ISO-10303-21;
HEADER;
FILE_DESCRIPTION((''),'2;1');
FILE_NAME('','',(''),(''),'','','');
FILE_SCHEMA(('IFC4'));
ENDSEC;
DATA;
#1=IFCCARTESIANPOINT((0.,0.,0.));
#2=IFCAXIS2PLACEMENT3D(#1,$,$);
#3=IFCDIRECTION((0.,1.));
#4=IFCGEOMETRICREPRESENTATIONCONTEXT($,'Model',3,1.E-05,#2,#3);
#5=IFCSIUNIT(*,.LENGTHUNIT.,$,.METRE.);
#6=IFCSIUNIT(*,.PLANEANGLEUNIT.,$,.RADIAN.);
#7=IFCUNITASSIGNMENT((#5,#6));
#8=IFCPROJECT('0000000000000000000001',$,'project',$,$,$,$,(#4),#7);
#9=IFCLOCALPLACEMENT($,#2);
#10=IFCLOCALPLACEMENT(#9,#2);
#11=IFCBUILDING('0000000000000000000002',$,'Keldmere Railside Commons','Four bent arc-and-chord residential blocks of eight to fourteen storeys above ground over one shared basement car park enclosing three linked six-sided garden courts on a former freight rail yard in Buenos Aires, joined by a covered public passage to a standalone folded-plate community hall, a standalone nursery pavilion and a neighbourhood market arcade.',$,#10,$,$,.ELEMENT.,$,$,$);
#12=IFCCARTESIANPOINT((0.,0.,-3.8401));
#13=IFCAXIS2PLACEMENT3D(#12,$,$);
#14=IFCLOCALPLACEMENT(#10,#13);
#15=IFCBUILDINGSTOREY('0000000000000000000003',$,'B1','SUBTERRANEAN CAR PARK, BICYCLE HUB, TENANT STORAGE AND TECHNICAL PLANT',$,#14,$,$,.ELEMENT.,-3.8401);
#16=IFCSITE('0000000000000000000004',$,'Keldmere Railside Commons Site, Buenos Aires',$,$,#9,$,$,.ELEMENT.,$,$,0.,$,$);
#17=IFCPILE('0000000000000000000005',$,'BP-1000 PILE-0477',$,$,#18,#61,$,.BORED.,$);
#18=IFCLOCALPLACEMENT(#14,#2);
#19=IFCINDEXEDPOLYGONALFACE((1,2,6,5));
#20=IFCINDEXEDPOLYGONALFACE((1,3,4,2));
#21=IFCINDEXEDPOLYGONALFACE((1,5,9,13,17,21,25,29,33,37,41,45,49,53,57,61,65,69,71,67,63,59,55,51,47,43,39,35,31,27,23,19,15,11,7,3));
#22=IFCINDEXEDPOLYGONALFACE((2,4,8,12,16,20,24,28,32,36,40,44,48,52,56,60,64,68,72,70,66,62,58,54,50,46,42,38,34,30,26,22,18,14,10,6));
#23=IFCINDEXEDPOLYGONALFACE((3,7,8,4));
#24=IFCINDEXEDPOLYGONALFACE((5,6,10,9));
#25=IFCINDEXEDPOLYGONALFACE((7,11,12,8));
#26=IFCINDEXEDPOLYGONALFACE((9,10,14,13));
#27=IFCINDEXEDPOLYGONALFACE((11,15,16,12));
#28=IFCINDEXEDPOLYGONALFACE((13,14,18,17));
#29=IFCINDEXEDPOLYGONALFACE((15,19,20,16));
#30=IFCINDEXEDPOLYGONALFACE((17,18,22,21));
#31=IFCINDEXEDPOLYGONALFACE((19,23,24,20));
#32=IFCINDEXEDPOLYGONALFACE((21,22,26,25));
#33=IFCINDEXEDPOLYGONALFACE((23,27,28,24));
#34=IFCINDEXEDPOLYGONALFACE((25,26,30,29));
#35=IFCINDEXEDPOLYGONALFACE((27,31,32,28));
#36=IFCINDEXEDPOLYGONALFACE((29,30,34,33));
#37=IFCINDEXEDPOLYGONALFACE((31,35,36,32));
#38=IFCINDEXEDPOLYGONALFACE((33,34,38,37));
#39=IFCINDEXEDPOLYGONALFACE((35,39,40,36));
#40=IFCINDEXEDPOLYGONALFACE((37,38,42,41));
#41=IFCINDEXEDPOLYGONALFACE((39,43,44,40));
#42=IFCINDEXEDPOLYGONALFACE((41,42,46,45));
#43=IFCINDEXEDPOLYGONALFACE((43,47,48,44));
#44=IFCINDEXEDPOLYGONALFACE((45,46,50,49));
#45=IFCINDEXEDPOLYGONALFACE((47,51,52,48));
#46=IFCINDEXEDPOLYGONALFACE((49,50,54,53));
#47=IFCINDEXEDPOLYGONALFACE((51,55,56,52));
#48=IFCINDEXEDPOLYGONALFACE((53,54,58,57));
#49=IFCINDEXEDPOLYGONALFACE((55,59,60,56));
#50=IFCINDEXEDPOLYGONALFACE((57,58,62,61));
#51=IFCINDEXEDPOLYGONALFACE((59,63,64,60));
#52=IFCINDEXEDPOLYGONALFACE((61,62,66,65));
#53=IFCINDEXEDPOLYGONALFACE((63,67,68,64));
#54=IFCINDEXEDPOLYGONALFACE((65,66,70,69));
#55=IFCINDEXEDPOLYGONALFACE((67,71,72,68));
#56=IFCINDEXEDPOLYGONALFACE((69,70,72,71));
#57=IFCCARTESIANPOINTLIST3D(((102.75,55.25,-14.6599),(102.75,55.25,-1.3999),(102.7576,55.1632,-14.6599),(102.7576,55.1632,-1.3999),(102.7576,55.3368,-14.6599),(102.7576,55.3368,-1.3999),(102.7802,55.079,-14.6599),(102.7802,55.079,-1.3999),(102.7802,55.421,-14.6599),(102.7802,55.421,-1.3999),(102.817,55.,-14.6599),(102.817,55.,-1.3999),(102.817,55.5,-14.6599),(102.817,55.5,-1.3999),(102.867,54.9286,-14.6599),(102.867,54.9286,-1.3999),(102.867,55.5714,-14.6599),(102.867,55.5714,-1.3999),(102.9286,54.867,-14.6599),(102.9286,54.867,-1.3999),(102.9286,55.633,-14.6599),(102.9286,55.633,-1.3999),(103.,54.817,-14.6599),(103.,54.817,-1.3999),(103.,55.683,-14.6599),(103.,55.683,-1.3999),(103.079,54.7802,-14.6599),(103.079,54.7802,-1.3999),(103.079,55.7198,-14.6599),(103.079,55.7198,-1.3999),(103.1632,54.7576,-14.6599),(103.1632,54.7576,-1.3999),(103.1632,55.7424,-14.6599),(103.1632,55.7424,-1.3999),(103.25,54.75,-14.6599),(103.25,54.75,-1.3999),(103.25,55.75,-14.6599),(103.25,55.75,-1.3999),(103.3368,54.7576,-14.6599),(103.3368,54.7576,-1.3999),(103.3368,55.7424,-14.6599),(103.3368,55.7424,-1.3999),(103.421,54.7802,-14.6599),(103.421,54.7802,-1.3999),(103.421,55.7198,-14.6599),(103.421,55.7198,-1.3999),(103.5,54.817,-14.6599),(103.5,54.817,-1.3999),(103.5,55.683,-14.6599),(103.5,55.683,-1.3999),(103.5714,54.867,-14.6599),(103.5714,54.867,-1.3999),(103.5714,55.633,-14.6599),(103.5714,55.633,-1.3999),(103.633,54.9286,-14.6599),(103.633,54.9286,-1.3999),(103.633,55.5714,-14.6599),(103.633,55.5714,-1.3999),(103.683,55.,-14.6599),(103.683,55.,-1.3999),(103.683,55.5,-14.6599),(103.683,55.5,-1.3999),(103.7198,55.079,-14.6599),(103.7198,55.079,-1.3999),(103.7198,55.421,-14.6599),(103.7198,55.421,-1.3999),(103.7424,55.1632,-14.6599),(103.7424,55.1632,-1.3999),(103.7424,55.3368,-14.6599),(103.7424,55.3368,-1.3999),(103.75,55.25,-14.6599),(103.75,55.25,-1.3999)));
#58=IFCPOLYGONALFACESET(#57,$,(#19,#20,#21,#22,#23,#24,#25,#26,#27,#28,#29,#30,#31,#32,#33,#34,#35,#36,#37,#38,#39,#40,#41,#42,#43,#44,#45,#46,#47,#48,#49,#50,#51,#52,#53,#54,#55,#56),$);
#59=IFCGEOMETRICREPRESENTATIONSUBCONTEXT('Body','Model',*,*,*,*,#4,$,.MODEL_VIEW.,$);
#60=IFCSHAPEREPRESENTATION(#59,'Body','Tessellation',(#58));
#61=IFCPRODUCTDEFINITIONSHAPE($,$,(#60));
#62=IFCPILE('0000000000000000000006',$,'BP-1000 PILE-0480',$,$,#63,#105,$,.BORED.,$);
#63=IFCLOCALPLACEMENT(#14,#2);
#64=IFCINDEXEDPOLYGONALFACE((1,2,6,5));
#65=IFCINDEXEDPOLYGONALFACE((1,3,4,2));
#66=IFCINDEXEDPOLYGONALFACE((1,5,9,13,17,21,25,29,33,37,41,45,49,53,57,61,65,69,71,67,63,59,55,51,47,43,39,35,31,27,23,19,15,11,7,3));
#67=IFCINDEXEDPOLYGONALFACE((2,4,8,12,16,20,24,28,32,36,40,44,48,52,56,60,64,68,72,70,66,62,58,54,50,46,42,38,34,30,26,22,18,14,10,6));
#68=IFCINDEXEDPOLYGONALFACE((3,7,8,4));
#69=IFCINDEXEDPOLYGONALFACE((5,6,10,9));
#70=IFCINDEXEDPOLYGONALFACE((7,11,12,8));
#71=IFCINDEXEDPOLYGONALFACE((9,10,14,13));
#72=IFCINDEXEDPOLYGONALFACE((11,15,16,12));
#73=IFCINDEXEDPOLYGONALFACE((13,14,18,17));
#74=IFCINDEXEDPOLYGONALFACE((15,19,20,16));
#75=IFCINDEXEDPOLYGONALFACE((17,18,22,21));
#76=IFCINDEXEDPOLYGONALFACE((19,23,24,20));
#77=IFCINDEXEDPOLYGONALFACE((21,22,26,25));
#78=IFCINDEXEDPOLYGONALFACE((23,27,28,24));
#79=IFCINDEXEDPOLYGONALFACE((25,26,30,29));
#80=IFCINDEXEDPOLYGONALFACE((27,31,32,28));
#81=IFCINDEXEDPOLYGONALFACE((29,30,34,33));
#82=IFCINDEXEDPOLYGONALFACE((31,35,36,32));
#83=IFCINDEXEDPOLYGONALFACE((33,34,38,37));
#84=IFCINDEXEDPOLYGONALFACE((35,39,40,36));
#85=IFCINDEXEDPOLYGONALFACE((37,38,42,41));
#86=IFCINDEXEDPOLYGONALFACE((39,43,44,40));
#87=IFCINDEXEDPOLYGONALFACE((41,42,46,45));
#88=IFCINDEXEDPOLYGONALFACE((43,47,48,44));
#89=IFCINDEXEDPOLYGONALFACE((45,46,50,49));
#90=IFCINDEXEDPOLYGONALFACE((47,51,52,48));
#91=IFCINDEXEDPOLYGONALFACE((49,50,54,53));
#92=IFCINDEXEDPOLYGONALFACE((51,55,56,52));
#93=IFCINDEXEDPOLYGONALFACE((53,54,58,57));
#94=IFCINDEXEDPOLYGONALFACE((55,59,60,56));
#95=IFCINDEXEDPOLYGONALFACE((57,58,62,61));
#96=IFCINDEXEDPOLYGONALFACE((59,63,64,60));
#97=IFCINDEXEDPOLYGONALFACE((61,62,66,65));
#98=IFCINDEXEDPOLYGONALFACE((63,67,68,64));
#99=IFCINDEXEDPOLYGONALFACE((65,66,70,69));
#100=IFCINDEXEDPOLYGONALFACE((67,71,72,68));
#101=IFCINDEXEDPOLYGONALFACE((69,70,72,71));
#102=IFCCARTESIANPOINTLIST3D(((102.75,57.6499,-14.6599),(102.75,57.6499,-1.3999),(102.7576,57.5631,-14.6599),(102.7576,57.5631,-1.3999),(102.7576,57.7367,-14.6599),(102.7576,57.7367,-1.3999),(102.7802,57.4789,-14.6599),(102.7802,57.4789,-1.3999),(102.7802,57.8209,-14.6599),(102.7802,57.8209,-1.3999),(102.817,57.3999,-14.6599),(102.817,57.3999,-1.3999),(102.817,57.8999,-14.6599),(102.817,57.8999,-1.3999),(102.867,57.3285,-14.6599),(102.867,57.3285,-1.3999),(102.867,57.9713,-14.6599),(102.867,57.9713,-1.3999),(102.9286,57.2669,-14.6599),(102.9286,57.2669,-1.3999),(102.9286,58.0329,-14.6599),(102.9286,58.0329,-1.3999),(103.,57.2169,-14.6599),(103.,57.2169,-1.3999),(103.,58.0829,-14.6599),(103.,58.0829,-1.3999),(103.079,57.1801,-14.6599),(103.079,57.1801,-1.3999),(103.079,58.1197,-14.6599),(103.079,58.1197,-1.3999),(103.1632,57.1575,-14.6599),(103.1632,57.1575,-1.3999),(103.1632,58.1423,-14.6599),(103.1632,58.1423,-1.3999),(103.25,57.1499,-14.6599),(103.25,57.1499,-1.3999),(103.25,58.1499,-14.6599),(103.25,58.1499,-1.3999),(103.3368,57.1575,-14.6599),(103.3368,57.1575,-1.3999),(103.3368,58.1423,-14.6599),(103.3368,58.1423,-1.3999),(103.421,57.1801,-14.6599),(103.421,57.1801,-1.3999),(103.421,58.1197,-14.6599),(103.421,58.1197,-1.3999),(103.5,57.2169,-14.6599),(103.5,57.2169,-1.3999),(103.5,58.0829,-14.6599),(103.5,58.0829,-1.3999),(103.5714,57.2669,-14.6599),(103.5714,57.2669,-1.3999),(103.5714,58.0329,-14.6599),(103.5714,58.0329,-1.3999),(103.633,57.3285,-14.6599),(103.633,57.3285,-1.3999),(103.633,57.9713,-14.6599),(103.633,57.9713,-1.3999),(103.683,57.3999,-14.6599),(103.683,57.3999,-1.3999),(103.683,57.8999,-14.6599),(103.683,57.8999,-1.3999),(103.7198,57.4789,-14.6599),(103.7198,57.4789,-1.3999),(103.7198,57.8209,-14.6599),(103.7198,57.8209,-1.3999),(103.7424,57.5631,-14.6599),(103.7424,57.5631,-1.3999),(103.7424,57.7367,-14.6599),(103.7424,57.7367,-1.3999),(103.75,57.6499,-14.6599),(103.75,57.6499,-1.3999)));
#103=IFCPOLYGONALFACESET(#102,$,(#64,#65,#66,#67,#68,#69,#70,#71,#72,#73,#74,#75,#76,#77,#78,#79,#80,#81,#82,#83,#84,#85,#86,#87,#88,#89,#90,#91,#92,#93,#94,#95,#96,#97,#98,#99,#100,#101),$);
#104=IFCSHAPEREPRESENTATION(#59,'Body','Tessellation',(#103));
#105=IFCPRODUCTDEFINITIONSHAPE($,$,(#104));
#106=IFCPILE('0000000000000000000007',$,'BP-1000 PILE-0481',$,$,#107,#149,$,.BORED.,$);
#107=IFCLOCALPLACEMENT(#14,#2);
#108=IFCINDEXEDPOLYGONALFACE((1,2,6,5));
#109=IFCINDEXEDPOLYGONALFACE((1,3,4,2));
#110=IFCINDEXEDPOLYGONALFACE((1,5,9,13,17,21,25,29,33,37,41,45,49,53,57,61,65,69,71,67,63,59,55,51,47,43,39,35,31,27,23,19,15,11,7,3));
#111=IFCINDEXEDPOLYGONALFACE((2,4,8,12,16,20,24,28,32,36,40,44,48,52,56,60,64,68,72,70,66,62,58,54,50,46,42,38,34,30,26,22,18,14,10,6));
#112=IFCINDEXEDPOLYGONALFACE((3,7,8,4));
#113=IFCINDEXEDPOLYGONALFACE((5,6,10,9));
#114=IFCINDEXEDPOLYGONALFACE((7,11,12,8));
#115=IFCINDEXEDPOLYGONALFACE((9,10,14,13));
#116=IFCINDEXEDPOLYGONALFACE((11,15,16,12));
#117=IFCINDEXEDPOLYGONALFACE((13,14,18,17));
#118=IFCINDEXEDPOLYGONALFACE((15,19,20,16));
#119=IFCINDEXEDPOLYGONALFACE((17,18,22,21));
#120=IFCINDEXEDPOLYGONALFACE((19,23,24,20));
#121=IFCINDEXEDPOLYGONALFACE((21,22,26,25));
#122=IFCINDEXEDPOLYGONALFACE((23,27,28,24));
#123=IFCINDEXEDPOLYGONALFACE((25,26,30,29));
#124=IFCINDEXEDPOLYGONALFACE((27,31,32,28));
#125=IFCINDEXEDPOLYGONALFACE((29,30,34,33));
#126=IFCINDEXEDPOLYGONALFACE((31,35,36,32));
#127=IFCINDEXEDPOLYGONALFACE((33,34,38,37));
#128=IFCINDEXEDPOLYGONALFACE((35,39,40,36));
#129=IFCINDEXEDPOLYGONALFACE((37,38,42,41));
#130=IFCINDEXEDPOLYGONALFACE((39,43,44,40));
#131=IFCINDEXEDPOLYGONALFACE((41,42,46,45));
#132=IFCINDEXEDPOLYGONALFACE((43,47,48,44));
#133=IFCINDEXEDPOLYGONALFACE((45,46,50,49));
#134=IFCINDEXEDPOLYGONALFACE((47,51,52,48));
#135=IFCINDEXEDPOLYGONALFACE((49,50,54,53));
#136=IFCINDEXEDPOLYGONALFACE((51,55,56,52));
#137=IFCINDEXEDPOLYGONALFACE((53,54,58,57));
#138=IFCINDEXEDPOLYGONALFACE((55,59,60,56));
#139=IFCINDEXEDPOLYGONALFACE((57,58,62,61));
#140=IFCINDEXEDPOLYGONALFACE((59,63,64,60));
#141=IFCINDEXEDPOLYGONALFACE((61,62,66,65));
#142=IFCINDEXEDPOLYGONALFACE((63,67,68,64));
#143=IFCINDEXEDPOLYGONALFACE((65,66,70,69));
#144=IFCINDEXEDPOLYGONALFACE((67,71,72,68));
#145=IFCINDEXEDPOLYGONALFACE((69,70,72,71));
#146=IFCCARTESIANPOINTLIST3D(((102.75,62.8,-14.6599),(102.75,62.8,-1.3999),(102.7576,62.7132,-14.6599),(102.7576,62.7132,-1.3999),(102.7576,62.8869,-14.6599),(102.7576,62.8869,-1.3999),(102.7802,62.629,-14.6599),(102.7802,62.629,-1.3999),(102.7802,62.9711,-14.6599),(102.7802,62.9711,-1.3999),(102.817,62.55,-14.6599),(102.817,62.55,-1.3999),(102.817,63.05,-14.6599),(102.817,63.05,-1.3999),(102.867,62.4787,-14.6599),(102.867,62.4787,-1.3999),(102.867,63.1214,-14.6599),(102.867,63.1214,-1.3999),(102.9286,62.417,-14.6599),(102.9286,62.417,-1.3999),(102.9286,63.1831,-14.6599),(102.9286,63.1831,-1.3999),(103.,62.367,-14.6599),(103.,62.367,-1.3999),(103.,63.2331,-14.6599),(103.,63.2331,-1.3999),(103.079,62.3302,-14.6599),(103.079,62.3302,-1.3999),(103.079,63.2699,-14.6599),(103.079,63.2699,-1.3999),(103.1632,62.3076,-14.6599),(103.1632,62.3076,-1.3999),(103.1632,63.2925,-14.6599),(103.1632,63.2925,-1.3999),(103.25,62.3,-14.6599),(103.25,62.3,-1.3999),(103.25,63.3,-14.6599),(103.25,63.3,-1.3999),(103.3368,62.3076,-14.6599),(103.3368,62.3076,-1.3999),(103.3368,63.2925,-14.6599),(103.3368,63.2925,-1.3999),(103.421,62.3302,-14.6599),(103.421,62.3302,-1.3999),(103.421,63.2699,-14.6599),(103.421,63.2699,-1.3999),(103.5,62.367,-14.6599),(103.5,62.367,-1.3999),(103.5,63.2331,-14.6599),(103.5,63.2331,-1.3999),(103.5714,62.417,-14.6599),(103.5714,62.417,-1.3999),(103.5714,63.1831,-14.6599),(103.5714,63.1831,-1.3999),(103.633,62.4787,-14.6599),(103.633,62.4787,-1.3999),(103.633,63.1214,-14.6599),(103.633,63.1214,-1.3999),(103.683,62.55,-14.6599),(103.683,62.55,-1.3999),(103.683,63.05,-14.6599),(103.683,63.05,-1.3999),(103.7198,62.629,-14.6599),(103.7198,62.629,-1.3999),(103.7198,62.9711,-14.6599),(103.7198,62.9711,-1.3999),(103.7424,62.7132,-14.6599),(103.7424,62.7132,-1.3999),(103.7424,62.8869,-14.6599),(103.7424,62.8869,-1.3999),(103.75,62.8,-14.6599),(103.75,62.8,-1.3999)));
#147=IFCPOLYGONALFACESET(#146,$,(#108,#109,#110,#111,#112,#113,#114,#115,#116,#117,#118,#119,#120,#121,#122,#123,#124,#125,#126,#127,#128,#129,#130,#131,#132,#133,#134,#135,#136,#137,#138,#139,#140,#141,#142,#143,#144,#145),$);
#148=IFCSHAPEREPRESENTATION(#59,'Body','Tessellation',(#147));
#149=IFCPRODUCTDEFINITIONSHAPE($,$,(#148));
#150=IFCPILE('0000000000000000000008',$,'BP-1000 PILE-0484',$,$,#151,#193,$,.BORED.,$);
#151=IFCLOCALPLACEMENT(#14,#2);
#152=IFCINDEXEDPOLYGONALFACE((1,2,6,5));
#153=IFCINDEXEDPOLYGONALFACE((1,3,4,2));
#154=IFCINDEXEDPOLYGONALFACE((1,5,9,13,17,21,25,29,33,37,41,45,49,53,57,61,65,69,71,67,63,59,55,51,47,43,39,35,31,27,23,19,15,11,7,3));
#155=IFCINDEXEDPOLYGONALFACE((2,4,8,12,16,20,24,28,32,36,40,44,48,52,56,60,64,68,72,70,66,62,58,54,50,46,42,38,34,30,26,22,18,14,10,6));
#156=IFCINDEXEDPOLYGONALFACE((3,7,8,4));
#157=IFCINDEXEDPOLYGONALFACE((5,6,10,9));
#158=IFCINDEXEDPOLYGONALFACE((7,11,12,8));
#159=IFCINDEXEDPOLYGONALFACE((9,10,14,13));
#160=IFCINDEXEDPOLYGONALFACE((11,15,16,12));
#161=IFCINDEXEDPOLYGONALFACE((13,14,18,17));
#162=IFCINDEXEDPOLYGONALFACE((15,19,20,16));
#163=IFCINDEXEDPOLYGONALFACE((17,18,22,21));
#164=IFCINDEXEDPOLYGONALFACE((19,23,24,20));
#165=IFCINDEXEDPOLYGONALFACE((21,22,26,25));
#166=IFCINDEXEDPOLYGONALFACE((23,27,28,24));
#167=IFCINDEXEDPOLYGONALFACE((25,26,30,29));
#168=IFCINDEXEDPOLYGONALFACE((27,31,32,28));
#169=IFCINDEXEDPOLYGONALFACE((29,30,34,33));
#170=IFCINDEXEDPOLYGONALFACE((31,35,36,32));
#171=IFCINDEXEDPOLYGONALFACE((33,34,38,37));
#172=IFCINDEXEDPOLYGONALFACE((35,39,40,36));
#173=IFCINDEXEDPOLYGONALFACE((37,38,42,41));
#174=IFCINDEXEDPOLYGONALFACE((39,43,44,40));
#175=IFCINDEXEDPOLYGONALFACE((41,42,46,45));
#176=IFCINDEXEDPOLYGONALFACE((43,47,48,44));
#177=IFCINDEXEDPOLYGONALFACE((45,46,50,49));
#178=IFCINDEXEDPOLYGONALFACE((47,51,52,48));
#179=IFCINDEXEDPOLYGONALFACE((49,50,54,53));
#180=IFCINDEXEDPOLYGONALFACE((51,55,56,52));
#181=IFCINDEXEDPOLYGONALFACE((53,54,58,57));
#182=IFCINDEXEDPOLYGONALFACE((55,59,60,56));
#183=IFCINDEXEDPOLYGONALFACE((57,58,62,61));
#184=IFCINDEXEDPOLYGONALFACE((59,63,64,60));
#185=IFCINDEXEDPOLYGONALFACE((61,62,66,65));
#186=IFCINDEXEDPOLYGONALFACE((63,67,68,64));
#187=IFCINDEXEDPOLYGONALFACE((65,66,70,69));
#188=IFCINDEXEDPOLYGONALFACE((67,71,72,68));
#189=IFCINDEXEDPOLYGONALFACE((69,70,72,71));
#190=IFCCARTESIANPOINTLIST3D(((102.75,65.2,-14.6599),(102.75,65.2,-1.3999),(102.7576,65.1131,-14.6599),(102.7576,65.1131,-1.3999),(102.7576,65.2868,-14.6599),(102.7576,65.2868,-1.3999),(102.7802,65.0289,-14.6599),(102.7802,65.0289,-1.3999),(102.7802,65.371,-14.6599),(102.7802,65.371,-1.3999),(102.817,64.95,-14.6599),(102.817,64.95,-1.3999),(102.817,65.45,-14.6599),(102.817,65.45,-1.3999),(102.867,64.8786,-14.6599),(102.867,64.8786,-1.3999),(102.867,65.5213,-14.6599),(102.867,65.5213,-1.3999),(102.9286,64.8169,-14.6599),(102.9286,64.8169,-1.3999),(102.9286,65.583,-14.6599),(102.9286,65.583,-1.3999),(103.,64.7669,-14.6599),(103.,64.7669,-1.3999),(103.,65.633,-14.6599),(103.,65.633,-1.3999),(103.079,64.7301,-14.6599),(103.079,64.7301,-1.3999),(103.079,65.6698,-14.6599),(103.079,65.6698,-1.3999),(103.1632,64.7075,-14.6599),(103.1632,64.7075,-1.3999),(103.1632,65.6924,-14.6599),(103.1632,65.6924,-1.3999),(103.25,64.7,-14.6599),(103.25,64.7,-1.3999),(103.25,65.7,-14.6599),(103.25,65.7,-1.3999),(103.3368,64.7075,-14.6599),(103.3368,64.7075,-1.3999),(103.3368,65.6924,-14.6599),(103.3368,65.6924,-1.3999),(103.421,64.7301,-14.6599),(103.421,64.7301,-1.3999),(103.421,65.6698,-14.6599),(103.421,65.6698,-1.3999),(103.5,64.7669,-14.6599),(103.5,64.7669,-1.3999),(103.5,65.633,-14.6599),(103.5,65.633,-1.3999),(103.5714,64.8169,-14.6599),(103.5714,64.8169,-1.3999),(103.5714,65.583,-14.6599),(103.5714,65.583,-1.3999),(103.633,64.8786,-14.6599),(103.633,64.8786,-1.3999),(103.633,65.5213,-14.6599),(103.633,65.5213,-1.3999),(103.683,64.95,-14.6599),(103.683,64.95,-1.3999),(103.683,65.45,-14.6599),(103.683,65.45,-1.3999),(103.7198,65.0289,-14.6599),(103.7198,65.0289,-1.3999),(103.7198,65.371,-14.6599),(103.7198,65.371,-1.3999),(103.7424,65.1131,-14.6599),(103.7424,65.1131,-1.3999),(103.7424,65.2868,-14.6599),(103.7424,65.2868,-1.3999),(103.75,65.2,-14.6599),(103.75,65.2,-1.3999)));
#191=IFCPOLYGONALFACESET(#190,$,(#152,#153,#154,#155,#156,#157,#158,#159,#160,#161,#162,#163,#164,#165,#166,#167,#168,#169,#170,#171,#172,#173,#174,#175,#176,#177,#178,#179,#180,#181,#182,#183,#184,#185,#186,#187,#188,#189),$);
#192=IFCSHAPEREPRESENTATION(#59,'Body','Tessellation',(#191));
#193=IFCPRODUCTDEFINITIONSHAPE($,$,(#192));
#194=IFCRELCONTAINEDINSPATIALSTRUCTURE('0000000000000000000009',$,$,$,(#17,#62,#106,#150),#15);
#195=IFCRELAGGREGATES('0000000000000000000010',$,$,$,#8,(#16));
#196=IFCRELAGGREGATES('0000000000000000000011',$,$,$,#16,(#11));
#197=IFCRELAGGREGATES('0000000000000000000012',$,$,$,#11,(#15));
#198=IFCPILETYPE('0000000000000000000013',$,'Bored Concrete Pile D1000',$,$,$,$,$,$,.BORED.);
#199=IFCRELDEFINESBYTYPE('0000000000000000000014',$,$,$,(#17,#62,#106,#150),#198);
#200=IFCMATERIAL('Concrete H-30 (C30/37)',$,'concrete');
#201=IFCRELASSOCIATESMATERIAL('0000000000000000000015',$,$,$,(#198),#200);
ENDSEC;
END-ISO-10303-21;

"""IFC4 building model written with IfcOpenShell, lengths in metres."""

from ifc_helpers import new_model, si_unit, direction, frame, origin, origin_2d, place, context, subcontext, project, spatial, circle, extrude, material, material_profile, profile_set, type_object, element, save


model = new_model("IFC4")

# Units and contexts
model_context = context("Model", 3, precision=1e-05, world=origin(), true_north=direction((0.0, 1.0)))
body_context = subcontext(model_context, "Body", "Model", "MODEL_VIEW")
ifc_project = project(units=[si_unit("LENGTHUNIT", "METRE"), si_unit("PLANEANGLEUNIT", "RADIAN")], contexts=[model_context])

# Site, building, storey
site_placement = place(None, origin())
site = spatial("IfcSite", under=ifc_project, at=site_placement, Name="Keldmere Railside Commons Site, Buenos Aires", CompositionType="ELEMENT", RefElevation=0.0)
building_placement = place(site_placement, origin())
building = spatial("IfcBuilding", under=site, at=building_placement, Name="Keldmere Railside Commons", Description="Four bent arc-and-chord residential blocks of eight to fourteen storeys above ground over one shared basement car park enclosing three linked six-sided garden courts on a former freight rail yard in Buenos Aires, joined by a covered public passage to a standalone folded-plate community hall, a standalone nursery pavilion and a neighbourhood market arcade.", CompositionType="ELEMENT")
storey_placement = place(building_placement, frame((0.0, 0.0, -3.8401)))
storey = spatial("IfcBuildingStorey", under=building, at=storey_placement, Name="B1", Description="SUBTERRANEAN CAR PARK, BICYCLE HUB, TENANT STORAGE AND TECHNICAL PLANT", CompositionType="ELEMENT", Elevation=-3.8401)

# Piles
ifc_material_1 = material(Name="Concrete H-30 (C30/37)", Category="concrete")
ifc_material_profile_1 = material_profile(ifc_material_1, circle(Radius=0.5, at=origin_2d()), Name="PILE-D1000")
ifc_profile_set_1 = profile_set([ifc_material_profile_1], Name="Concrete H-30 (C30/37)")
pile_type_1 = type_object("IfcPileType", Name="Bored Concrete Pile D1000", PredefinedType="BORED", material=ifc_profile_set_1)
for number, where, z_axis, x_axis, name in (
    (1, (103.25, 55.25, -1.3999), (0.0, 0.0, -1.0), (1.0, 0.0, 0.0), "BP-1000 PILE-0477"),
    (2, (103.25, 57.6499, -1.3999), (0.0, 0.0, -1.0), (1.0, 0.0, 0.0), "BP-1000 PILE-0480"),
    (3, (103.25, 62.8, -1.3999), (0.0, 0.0, -1.0), (1.0, 0.0, 0.0), "BP-1000 PILE-0481"),
    (4, (103.25, 65.2, -1.3999), (0.0, 0.0, -1.0), (1.0, 0.0, 0.0), "BP-1000 PILE-0484"),
):
    element("IfcPile", number, at=place(storey_placement, frame(where, z_axis=z_axis, x_axis=x_axis)), inside=storey, type_object=pile_type_1, Name=name, PredefinedType="BORED", context=body_context, shape_type="SweptSolid", body=[
        extrude(circle(Radius=0.5, at=origin_2d()), origin(), (0.0, 0.0, 1.0), 13.26),
    ])

save(model, "model.ifc")
